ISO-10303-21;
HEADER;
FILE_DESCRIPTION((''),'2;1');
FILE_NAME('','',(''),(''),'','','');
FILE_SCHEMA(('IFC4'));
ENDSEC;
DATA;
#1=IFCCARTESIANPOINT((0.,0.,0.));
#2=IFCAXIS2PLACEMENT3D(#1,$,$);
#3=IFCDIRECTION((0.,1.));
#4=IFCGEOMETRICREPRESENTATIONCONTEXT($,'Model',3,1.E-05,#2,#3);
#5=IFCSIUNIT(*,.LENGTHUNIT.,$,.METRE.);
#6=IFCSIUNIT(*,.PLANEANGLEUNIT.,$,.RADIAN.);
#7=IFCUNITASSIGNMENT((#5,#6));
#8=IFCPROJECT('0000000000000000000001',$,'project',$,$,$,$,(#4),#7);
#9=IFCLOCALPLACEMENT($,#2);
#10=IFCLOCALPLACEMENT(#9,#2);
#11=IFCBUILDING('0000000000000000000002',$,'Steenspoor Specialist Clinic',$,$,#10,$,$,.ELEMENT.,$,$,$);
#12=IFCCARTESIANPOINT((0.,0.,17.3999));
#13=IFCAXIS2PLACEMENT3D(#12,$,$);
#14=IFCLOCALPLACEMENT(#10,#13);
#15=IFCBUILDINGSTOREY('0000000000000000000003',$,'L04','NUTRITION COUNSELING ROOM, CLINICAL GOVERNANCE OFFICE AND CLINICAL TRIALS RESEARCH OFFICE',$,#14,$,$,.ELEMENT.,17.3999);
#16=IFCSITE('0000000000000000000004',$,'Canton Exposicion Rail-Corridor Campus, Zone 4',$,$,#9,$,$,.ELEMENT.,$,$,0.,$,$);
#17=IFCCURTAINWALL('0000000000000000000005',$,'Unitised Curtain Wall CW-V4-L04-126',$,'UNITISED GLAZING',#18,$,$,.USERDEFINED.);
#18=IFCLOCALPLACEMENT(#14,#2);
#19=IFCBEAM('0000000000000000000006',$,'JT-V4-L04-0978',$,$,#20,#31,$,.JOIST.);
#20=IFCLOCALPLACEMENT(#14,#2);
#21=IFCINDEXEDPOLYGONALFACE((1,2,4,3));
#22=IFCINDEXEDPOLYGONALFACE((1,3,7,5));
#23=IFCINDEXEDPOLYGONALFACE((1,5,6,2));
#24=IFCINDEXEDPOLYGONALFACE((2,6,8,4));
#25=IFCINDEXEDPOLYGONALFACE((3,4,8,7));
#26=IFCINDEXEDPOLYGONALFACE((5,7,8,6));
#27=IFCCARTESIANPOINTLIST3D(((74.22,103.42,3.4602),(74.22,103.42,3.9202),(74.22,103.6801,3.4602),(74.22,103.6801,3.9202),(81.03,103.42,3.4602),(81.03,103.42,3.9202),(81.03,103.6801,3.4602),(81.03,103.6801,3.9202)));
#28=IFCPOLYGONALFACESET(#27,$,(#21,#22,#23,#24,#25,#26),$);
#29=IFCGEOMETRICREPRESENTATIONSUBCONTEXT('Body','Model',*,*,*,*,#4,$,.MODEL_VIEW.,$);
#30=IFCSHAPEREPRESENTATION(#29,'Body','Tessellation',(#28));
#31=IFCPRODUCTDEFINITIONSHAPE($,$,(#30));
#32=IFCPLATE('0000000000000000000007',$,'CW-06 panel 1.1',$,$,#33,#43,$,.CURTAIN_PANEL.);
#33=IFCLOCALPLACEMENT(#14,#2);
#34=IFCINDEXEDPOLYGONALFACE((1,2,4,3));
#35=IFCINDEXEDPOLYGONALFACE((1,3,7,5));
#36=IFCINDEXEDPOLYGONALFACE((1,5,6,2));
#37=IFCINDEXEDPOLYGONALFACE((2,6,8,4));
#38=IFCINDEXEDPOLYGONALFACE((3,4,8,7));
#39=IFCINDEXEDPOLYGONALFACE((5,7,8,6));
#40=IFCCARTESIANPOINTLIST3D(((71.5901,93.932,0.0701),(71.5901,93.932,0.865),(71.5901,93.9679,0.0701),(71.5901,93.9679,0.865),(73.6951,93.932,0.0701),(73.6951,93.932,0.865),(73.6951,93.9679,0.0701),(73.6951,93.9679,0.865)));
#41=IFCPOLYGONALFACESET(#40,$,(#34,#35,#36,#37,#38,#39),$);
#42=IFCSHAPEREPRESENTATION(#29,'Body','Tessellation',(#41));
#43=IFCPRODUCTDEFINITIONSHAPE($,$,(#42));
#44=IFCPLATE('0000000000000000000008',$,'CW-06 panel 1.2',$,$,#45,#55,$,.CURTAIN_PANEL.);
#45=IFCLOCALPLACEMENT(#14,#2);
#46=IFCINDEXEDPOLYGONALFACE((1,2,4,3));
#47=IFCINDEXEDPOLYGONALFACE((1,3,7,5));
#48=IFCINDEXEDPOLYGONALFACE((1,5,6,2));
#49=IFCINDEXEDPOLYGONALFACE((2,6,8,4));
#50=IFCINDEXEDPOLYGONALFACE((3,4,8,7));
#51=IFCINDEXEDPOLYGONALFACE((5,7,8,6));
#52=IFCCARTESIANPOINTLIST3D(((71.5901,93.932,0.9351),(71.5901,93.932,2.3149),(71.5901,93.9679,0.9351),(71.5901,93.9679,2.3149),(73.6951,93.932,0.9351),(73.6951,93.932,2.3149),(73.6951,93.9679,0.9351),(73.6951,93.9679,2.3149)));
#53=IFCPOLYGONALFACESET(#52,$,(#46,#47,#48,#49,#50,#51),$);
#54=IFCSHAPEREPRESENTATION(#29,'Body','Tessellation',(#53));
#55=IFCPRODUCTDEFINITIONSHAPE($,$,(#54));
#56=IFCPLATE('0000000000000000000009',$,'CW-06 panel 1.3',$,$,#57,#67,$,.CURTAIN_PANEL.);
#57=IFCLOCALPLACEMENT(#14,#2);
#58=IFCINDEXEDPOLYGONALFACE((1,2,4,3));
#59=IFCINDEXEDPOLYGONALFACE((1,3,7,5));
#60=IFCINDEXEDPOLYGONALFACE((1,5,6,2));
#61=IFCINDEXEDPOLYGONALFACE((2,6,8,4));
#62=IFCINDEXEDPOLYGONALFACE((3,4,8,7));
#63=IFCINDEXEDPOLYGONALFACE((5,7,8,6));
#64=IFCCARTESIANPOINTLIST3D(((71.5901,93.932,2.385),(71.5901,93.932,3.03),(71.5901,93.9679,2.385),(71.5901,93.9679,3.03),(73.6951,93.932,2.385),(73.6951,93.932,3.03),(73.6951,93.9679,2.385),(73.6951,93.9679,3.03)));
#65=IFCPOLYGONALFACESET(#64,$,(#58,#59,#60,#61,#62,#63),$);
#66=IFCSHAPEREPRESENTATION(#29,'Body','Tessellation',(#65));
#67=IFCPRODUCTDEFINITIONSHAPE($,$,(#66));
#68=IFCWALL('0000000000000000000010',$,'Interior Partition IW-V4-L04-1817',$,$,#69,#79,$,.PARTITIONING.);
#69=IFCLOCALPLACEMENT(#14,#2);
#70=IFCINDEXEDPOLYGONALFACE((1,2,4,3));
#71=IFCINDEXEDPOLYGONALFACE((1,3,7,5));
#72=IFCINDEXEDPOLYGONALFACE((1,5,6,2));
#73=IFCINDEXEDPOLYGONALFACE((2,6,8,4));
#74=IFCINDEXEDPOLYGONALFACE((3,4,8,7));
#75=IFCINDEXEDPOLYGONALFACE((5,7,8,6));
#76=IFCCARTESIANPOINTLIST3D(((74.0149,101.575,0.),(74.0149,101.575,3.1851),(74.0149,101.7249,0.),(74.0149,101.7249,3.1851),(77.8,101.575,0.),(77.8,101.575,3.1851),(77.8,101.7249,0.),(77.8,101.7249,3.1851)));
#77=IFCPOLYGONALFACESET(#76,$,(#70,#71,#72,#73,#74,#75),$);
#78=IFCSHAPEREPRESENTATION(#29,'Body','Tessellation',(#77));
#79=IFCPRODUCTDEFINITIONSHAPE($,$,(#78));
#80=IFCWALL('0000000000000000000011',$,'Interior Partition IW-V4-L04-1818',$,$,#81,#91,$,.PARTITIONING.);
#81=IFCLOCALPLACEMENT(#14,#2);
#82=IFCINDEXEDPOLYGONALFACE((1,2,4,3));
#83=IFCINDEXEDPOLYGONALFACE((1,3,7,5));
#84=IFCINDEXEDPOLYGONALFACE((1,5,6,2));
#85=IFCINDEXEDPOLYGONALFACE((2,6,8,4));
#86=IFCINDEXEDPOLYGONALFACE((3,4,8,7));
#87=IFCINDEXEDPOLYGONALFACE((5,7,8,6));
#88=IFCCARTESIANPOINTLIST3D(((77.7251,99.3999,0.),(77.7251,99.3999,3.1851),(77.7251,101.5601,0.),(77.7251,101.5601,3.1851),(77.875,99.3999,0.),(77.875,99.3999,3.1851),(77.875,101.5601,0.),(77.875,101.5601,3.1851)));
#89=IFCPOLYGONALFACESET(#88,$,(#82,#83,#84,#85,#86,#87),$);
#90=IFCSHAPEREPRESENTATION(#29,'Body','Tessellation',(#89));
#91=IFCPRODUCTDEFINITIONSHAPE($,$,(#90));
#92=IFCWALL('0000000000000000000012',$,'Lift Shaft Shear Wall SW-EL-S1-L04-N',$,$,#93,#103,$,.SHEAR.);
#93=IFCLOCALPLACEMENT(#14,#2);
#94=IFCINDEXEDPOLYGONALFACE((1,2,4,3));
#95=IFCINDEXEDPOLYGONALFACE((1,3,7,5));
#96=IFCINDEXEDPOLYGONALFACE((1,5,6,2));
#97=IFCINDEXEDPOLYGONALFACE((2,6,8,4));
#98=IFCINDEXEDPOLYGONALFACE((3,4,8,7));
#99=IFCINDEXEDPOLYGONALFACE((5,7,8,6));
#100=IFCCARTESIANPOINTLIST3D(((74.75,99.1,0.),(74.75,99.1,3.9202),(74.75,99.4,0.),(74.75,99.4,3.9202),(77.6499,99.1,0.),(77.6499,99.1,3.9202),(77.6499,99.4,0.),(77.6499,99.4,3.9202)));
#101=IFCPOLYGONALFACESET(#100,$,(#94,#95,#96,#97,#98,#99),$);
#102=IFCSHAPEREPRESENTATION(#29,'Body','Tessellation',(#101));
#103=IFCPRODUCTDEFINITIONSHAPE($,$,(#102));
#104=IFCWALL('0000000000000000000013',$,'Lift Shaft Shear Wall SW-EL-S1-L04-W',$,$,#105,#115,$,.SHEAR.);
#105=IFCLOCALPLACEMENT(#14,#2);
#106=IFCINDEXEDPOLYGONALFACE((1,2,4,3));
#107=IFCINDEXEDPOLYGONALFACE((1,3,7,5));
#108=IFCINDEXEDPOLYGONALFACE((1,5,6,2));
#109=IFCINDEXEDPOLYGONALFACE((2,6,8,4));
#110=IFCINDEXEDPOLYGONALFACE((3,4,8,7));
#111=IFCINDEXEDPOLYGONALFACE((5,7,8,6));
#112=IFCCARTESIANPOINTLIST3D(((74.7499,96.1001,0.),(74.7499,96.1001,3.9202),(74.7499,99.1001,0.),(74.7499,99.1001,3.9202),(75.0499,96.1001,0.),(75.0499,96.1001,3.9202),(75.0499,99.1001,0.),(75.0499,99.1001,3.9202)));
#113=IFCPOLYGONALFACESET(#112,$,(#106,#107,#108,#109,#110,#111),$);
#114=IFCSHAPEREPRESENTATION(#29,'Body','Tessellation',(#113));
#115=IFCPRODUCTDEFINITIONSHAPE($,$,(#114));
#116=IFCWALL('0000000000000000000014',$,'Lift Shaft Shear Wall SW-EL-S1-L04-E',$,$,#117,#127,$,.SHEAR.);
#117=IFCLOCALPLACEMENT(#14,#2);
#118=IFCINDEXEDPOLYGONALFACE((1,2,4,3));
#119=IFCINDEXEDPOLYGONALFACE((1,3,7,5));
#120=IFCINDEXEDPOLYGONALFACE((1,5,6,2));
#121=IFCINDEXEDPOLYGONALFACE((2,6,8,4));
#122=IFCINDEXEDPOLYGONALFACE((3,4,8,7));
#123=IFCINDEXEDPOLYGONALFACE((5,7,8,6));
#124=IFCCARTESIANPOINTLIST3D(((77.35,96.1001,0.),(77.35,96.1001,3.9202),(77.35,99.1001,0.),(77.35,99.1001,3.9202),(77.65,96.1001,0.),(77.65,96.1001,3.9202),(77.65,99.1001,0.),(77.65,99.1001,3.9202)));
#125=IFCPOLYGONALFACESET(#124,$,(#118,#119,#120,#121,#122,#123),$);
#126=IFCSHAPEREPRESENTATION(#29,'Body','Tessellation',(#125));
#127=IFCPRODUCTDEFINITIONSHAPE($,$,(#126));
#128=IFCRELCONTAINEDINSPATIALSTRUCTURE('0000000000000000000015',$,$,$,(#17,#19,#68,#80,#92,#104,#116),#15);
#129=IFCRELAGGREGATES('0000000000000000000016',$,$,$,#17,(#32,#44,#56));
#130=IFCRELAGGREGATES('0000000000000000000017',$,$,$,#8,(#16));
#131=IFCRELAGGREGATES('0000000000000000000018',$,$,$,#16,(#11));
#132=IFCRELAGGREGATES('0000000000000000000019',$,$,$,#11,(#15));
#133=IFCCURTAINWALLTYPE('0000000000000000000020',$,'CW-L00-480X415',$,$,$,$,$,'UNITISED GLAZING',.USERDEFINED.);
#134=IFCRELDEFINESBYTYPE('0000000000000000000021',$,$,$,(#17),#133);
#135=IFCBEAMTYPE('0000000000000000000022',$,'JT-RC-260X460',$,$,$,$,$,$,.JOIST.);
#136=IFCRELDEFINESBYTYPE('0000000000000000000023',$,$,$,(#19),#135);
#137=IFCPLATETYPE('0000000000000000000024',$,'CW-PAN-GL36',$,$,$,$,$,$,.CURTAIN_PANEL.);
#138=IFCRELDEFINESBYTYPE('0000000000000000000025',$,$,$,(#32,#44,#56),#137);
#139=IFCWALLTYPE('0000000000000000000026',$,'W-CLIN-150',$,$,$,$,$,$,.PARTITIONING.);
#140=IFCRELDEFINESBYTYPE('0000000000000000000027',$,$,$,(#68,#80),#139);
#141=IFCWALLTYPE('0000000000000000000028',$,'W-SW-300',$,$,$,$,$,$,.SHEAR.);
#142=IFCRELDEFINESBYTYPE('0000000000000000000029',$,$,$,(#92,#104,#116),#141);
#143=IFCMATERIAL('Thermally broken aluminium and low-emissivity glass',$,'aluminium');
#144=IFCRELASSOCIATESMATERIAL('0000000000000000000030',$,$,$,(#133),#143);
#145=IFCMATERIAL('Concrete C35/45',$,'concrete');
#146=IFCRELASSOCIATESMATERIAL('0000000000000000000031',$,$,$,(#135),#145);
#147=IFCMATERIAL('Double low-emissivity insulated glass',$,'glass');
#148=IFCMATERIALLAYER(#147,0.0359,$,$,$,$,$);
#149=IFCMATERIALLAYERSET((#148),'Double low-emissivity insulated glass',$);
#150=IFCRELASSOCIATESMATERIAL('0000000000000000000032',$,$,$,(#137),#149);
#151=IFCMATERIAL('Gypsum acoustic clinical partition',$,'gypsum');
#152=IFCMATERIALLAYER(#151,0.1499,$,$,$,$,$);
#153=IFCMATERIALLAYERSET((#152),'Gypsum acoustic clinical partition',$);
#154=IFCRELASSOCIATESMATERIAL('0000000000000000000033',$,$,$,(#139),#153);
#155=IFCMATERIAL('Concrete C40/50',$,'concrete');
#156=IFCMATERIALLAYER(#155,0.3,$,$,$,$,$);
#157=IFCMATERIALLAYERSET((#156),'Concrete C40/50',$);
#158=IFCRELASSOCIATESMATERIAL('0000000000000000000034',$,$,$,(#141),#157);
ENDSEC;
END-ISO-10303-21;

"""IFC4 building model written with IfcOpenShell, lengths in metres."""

from ifc_helpers import new_model, si_unit, direction, frame, frame_2d, origin, origin_2d, place, context, subcontext, project, spatial, rectangle, extrude, material, layer, layer_set, material_profile, profile_set, type_object, element, aggregate, save


model = new_model("IFC4")

# Units and contexts
model_context = context("Model", 3, precision=1e-05, world=origin(), true_north=direction((0.0, 1.0)))
body_context = subcontext(model_context, "Body", "Model", "MODEL_VIEW")
ifc_project = project(units=[si_unit("LENGTHUNIT", "METRE"), si_unit("PLANEANGLEUNIT", "RADIAN")], contexts=[model_context])

# Site, building, storey
site_placement = place(None, origin())
site = spatial("IfcSite", under=ifc_project, at=site_placement, Name="Canton Exposicion Rail-Corridor Campus, Zone 4", CompositionType="ELEMENT", RefElevation=0.0)
building_placement = place(site_placement, origin())
building = spatial("IfcBuilding", under=site, at=building_placement, Name="Steenspoor Specialist Clinic", CompositionType="ELEMENT")
storey_placement = place(building_placement, frame((0.0, 0.0, 17.3999)))
storey = spatial("IfcBuildingStorey", under=building, at=storey_placement, Name="L04", Description="NUTRITION COUNSELING ROOM, CLINICAL GOVERNANCE OFFICE AND CLINICAL TRIALS RESEARCH OFFICE", CompositionType="ELEMENT", Elevation=17.3999)

# Shared definitions
ifc_material_1 = material(Name="Concrete C40/50", Category="concrete")

# Shared definitions
ifc_material_2 = material(Name="Concrete C35/45", Category="concrete")

# Curtain wall
ifc_material_3 = material(Name="Thermally broken aluminium and low-emissivity glass", Category="aluminium")
curtain_wall_type = type_object("IfcCurtainWallType", Name="CW-L00-480X415", ElementType="UNITISED GLAZING", PredefinedType="USERDEFINED", material=ifc_material_3)
curtain_wall_placement = place(storey_placement, origin())
curtain_wall = element("IfcCurtainWall", 1, at=curtain_wall_placement, inside=storey, type_object=curtain_wall_type, Name="Unitised Curtain Wall CW-V4-L04-126", ObjectType="UNITISED GLAZING", PredefinedType="USERDEFINED")

# Beam
ifc_material_profile_1 = material_profile(ifc_material_2, rectangle(XDim=0.26, YDim=0.46, at=origin_2d()), Name="RC-JT-260X460")
ifc_profile_set_1 = profile_set([ifc_material_profile_1], Name="Concrete C35/45")
beam_type_1 = type_object("IfcBeamType", Name="JT-RC-260X460", PredefinedType="JOIST", material=ifc_profile_set_1)
beam_1_placement = place(storey_placement, frame((74.22, 103.55, 3.6902), z_axis=(1.0, 0.0, 0.0), x_axis=(0.0, 1.0, 0.0)))
element("IfcBeam", 2, at=beam_1_placement, inside=storey, type_object=beam_type_1, Name="JT-V4-L04-0978", PredefinedType="JOIST", context=body_context, shape_type="SweptSolid", body=[
    extrude(rectangle(XDim=0.26, YDim=0.46, at=origin_2d()), origin(), (0.0, 0.0, 1.0), 6.8101),
])

# Plates
ifc_material_4 = material(Name="Double low-emissivity insulated glass", Category="glass")
ifc_layer_1 = layer(ifc_material_4, 0.0359)
ifc_layer_set_1 = layer_set([ifc_layer_1], Name="Double low-emissivity insulated glass")
plate_type = type_object("IfcPlateType", Name="CW-PAN-GL36", PredefinedType="CURTAIN_PANEL", material=ifc_layer_set_1)
plate_1_placement = place(storey_placement, frame((72.6426, 93.95, 0.0701), z_axis=(0.0, 0.0, 1.0), x_axis=(-1.0, 0.0, 0.0)))
plate_1 = element("IfcPlate", 3, at=plate_1_placement, type_object=plate_type, Name="CW-06 panel 1.1", PredefinedType="CURTAIN_PANEL", context=body_context, shape_type="SweptSolid", body=[
    extrude(rectangle(XDim=2.105, YDim=0.0359, at=origin_2d()), origin(), (0.0, 0.0, 1.0), 0.7949),
])
plate_2_placement = place(storey_placement, frame((72.6426, 93.95, 0.9351), z_axis=(0.0, 0.0, 1.0), x_axis=(-1.0, 0.0, 0.0)))
plate_2 = element("IfcPlate", 4, at=plate_2_placement, type_object=plate_type, Name="CW-06 panel 1.2", PredefinedType="CURTAIN_PANEL", context=body_context, shape_type="SweptSolid", body=[
    extrude(rectangle(XDim=2.105, YDim=0.0359, at=origin_2d()), origin(), (0.0, 0.0, 1.0), 1.3799),
])
plate_3_placement = place(storey_placement, frame((72.6426, 93.95, 2.385), z_axis=(0.0, 0.0, 1.0), x_axis=(-1.0, 0.0, 0.0)))
plate_3 = element("IfcPlate", 5, at=plate_3_placement, type_object=plate_type, Name="CW-06 panel 1.3", PredefinedType="CURTAIN_PANEL", context=body_context, shape_type="SweptSolid", body=[
    extrude(rectangle(XDim=2.105, YDim=0.0359, at=origin_2d()), origin(), (0.0, 0.0, 1.0), 0.645),
])
aggregate(curtain_wall, [plate_1, plate_2, plate_3])

# Walls
ifc_material_5 = material(Name="Gypsum acoustic clinical partition", Category="gypsum")
ifc_layer_2 = layer(ifc_material_5, 0.1499)
ifc_layer_set_2 = layer_set([ifc_layer_2], Name="Gypsum acoustic clinical partition")
wall_type_1 = type_object("IfcWallType", Name="W-CLIN-150", PredefinedType="PARTITIONING", material=ifc_layer_set_2)
wall_1_placement = place(storey_placement, frame((74.0149, 101.6499, 0.0), z_axis=(0.0, 0.0, 1.0), x_axis=(1.0, 0.0, 0.0)))
element("IfcWall", 6, at=wall_1_placement, inside=storey, type_object=wall_type_1, Name="Interior Partition IW-V4-L04-1817", PredefinedType="PARTITIONING", context=body_context, shape_type="SweptSolid", body=[
    extrude(rectangle(XDim=3.7852, YDim=0.1499, at=frame_2d((1.8926, 0.0))), origin(), (0.0, 0.0, 1.0), 3.1851),
])
wall_2_placement = place(storey_placement, frame((77.8, 99.3999, 0.0), z_axis=(0.0, 0.0, 1.0), x_axis=(0.0, 1.0, 0.0)))
element("IfcWall", 7, at=wall_2_placement, inside=storey, type_object=wall_type_1, Name="Interior Partition IW-V4-L04-1818", PredefinedType="PARTITIONING", context=body_context, shape_type="SweptSolid", body=[
    extrude(rectangle(XDim=2.1602, YDim=0.1499, at=frame_2d((1.0801, 0.0))), origin(), (0.0, 0.0, 1.0), 3.1851),
])

# Shared definitions
ifc_layer_3 = layer(ifc_material_1, 0.3)
ifc_layer_set_3 = layer_set([ifc_layer_3], Name="Concrete C40/50")
wall_type_2 = type_object("IfcWallType", Name="W-SW-300", PredefinedType="SHEAR", material=ifc_layer_set_3)

# Walls
wall_3_placement = place(storey_placement, frame((74.75, 99.25, 0.0), z_axis=(0.0, 0.0, 1.0), x_axis=(1.0, 0.0, 0.0)))
element("IfcWall", 8, at=wall_3_placement, inside=storey, type_object=wall_type_2, Name="Lift Shaft Shear Wall SW-EL-S1-L04-N", PredefinedType="SHEAR", context=body_context, shape_type="SweptSolid", body=[
    extrude(rectangle(XDim=2.8999, YDim=0.3, at=frame_2d((1.45, 0.0))), origin(), (0.0, 0.0, 1.0), 3.9202),
])
for number, where, z_axis, x_axis, name in (
    (9, (74.8999, 96.1001, 0.0), (0.0, 0.0, 1.0), (0.0, 1.0, 0.0), "Lift Shaft Shear Wall SW-EL-S1-L04-W"),
    (10, (77.5, 96.1001, 0.0), (0.0, 0.0, 1.0), (0.0, 1.0, 0.0), "Lift Shaft Shear Wall SW-EL-S1-L04-E"),
):
    element("IfcWall", number, at=place(storey_placement, frame(where, z_axis=z_axis, x_axis=x_axis)), inside=storey, type_object=wall_type_2, Name=name, PredefinedType="SHEAR", context=body_context, shape_type="SweptSolid", body=[
        extrude(rectangle(XDim=3.0, YDim=0.3, at=frame_2d((1.5, 0.0))), origin(), (0.0, 0.0, 1.0), 3.9202),
    ])

save(model, "model.ifc")
